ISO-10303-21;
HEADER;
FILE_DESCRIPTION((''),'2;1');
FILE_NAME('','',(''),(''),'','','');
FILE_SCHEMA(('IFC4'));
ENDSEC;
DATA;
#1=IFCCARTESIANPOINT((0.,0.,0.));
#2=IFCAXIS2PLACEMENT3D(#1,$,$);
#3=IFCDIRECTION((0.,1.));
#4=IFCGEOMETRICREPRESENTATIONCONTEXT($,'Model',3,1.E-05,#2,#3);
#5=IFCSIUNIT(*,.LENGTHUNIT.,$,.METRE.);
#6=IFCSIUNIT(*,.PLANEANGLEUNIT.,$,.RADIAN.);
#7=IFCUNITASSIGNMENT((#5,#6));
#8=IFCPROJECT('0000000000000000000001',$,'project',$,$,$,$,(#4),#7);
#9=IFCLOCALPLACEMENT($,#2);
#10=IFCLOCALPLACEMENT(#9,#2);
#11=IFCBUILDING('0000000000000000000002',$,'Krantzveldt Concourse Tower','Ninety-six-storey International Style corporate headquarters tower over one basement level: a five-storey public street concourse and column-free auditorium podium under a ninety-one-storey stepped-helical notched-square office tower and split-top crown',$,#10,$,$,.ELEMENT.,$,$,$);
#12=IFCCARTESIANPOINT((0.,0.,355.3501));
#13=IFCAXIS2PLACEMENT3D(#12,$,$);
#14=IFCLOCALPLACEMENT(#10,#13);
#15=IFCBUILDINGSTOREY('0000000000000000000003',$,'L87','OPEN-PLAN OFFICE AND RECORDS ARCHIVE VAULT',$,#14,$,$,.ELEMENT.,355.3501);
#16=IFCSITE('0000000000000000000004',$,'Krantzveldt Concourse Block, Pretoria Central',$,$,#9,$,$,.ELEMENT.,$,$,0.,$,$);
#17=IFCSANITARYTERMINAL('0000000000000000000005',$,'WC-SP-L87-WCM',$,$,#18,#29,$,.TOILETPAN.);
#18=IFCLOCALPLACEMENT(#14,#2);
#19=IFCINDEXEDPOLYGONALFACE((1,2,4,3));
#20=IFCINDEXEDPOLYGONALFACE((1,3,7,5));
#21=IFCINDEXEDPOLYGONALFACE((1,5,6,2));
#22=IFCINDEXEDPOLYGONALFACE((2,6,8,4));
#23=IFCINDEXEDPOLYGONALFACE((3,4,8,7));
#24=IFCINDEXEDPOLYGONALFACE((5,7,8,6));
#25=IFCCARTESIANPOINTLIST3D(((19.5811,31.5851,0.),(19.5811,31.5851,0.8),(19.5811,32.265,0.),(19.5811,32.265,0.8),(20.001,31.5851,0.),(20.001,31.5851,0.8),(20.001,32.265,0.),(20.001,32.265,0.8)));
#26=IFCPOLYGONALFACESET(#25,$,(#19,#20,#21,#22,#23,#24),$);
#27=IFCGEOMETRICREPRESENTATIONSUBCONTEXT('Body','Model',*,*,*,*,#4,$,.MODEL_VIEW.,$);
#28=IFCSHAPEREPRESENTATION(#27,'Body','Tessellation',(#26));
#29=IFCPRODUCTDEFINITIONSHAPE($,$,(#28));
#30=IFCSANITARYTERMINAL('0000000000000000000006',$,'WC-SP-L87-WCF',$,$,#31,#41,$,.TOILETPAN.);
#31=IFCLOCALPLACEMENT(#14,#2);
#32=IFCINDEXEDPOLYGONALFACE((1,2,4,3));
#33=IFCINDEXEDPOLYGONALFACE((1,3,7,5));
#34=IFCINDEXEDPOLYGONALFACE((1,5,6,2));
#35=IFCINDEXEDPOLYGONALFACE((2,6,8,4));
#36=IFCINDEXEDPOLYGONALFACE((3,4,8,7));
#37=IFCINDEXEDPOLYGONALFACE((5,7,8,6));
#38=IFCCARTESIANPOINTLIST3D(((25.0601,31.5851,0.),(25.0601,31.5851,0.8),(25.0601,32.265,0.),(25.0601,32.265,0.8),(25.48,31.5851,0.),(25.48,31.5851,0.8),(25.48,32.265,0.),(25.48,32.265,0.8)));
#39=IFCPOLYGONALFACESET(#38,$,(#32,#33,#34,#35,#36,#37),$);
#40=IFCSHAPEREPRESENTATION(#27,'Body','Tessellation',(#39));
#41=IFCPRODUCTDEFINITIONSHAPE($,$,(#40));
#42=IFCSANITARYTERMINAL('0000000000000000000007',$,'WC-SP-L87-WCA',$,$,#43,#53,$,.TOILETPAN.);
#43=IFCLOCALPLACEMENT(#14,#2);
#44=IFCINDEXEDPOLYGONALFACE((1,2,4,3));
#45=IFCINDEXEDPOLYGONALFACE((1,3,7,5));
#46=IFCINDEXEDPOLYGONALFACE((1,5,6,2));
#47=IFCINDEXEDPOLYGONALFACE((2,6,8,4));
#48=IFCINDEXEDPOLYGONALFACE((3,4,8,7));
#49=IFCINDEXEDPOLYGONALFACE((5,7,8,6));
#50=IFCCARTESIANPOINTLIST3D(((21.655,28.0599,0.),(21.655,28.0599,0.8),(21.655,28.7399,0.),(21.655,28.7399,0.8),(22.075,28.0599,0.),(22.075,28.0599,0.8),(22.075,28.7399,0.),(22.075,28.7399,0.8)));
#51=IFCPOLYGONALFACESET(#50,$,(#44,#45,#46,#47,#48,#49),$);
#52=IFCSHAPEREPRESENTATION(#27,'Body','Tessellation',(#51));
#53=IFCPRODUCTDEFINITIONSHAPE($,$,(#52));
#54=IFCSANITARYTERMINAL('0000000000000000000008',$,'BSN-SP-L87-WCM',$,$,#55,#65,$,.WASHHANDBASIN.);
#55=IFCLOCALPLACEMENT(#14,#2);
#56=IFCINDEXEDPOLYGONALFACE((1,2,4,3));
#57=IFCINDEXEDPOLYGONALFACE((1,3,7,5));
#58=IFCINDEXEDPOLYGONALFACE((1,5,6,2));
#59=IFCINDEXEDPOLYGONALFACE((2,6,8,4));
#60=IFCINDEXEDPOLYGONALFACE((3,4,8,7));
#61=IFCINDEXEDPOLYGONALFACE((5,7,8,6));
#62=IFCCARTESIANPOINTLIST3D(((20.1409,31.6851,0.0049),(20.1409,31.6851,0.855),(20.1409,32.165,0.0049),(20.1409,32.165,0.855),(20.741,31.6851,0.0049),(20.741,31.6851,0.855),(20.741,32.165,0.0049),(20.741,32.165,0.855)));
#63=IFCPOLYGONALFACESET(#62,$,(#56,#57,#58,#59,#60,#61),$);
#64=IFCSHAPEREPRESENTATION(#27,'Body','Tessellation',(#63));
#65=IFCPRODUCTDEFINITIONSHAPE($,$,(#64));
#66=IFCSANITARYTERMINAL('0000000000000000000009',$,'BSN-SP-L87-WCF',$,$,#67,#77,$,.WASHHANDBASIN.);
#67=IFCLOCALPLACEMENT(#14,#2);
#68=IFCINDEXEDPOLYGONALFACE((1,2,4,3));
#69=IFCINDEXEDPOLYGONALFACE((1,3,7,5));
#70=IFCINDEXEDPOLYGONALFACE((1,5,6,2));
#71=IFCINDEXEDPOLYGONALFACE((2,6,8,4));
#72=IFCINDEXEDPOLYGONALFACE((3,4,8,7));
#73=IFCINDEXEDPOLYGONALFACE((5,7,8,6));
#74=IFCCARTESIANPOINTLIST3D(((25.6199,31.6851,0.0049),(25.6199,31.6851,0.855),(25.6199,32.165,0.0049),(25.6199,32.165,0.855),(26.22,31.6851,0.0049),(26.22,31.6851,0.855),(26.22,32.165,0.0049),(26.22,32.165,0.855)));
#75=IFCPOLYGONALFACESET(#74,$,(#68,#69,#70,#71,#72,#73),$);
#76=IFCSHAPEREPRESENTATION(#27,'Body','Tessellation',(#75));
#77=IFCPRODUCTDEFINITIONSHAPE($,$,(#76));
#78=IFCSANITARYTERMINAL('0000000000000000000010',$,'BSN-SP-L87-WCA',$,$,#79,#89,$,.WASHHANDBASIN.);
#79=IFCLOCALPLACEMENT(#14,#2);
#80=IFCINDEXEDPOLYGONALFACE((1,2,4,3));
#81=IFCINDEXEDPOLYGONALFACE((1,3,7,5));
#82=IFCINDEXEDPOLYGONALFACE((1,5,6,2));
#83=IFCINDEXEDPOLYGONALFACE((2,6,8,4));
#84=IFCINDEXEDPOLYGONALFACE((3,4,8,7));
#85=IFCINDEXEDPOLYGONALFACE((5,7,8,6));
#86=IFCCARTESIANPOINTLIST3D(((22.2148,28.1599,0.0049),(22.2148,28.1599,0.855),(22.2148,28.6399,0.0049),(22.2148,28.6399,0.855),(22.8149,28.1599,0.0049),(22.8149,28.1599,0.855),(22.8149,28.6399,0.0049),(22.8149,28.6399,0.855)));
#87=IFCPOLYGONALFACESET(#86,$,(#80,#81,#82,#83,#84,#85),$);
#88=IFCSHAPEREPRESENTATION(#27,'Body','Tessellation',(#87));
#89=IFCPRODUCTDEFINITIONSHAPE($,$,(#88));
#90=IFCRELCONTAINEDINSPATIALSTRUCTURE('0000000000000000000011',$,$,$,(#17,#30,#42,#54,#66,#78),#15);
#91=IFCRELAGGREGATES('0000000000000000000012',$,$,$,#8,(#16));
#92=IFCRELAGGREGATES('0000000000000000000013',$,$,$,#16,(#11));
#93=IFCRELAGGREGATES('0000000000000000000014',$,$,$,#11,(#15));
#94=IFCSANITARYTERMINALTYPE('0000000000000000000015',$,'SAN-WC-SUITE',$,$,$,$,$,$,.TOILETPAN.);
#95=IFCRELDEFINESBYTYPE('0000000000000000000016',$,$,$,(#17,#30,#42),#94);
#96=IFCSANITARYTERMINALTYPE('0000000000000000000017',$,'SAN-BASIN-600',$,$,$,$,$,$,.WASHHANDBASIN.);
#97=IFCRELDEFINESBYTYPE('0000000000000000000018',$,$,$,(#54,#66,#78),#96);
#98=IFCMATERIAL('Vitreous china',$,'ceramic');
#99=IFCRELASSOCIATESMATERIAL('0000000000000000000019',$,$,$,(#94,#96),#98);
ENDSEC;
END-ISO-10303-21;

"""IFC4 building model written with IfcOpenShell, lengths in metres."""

from ifc_helpers import new_model, si_unit, direction, frame, origin, origin_2d, place, context, subcontext, project, spatial, rectangle, extrude, source, transform, mapped, material, type_object, type_shapes, element, save


model = new_model("IFC4")

# Units and contexts
model_context = context("Model", 3, precision=1e-05, world=origin(), true_north=direction((0.0, 1.0)))
body_context = subcontext(model_context, "Body", "Model", "MODEL_VIEW")
ifc_project = project(units=[si_unit("LENGTHUNIT", "METRE"), si_unit("PLANEANGLEUNIT", "RADIAN")], contexts=[model_context])

# Site, building, storey
site_placement = place(None, origin())
site = spatial("IfcSite", under=ifc_project, at=site_placement, Name="Krantzveldt Concourse Block, Pretoria Central", CompositionType="ELEMENT", RefElevation=0.0)
building_placement = place(site_placement, origin())
building = spatial("IfcBuilding", under=site, at=building_placement, Name="Krantzveldt Concourse Tower", Description="Ninety-six-storey International Style corporate headquarters tower over one basement level: a five-storey public street concourse and column-free auditorium podium under a ninety-one-storey stepped-helical notched-square office tower and split-top crown", CompositionType="ELEMENT")
storey_placement = place(building_placement, frame((0.0, 0.0, 355.3501)))
storey = spatial("IfcBuildingStorey", under=building, at=storey_placement, Name="L87", Description="OPEN-PLAN OFFICE AND RECORDS ARCHIVE VAULT", CompositionType="ELEMENT", Elevation=355.3501)

# Sanitary terminals
ifc_material_1 = material(Name="Vitreous china", Category="ceramic")
sanitary_terminal_type_1 = type_object("IfcSanitaryTerminalType", Name="SAN-WC-SUITE", PredefinedType="TOILETPAN", material=ifc_material_1)
shared_shape_1 = source(origin(), body_context, "Body", "SweptSolid", [
    extrude(rectangle(XDim=0.4199, YDim=0.6799, at=origin_2d()), origin(), (0.0, 0.0, 1.0), 0.8),
])
type_shapes(sanitary_terminal_type_1, [shared_shape_1])
for number, where, z_axis, x_axis, name in (
    (1, (19.791, 31.925, 0.0), (0.0, 0.0, 1.0), (1.0, 0.0, 0.0), "WC-SP-L87-WCM"),
    (2, (25.27, 31.925, 0.0), (0.0, 0.0, 1.0), (1.0, 0.0, 0.0), "WC-SP-L87-WCF"),
    (3, (21.865, 28.3999, 0.0), (0.0, 0.0, 1.0), (1.0, 0.0, 0.0), "WC-SP-L87-WCA"),
):
    element("IfcSanitaryTerminal", number, at=place(storey_placement, frame(where, z_axis=z_axis, x_axis=x_axis)), inside=storey, type_object=sanitary_terminal_type_1, Name=name, PredefinedType="TOILETPAN", context=body_context, shape_type="MappedRepresentation", body=[
        mapped(shared_shape_1, transform((0.0, 0.0, 0.0), x_axis=(1.0, 0.0, 0.0), y_axis=(0.0, 1.0, 0.0), z_axis=(0.0, 0.0, 1.0), scale=1.0)),
    ])
sanitary_terminal_type_2 = type_object("IfcSanitaryTerminalType", Name="SAN-BASIN-600", PredefinedType="WASHHANDBASIN", material=ifc_material_1)
shared_shape_2 = source(origin(), body_context, "Body", "SweptSolid", [
    extrude(rectangle(XDim=0.6001, YDim=0.48, at=origin_2d()), origin(), (0.0, 0.0, 1.0), 0.8501),
])
type_shapes(sanitary_terminal_type_2, [shared_shape_2])
for number, where, z_axis, x_axis, name in (
    (4, (20.4409, 31.925, 0.0049), (0.0, 0.0, 1.0), (1.0, 0.0, 0.0), "BSN-SP-L87-WCM"),
    (5, (25.9199, 31.925, 0.0049), (0.0, 0.0, 1.0), (1.0, 0.0, 0.0), "BSN-SP-L87-WCF"),
    (6, (22.5149, 28.3999, 0.0049), (0.0, 0.0, 1.0), (1.0, 0.0, 0.0), "BSN-SP-L87-WCA"),
):
    element("IfcSanitaryTerminal", number, at=place(storey_placement, frame(where, z_axis=z_axis, x_axis=x_axis)), inside=storey, type_object=sanitary_terminal_type_2, Name=name, PredefinedType="WASHHANDBASIN", context=body_context, shape_type="MappedRepresentation", body=[
        mapped(shared_shape_2, transform((0.0, 0.0, 0.0), x_axis=(1.0, 0.0, 0.0), y_axis=(0.0, 1.0, 0.0), z_axis=(0.0, 0.0, 1.0), scale=1.0)),
    ])

save(model, "model.ifc")
